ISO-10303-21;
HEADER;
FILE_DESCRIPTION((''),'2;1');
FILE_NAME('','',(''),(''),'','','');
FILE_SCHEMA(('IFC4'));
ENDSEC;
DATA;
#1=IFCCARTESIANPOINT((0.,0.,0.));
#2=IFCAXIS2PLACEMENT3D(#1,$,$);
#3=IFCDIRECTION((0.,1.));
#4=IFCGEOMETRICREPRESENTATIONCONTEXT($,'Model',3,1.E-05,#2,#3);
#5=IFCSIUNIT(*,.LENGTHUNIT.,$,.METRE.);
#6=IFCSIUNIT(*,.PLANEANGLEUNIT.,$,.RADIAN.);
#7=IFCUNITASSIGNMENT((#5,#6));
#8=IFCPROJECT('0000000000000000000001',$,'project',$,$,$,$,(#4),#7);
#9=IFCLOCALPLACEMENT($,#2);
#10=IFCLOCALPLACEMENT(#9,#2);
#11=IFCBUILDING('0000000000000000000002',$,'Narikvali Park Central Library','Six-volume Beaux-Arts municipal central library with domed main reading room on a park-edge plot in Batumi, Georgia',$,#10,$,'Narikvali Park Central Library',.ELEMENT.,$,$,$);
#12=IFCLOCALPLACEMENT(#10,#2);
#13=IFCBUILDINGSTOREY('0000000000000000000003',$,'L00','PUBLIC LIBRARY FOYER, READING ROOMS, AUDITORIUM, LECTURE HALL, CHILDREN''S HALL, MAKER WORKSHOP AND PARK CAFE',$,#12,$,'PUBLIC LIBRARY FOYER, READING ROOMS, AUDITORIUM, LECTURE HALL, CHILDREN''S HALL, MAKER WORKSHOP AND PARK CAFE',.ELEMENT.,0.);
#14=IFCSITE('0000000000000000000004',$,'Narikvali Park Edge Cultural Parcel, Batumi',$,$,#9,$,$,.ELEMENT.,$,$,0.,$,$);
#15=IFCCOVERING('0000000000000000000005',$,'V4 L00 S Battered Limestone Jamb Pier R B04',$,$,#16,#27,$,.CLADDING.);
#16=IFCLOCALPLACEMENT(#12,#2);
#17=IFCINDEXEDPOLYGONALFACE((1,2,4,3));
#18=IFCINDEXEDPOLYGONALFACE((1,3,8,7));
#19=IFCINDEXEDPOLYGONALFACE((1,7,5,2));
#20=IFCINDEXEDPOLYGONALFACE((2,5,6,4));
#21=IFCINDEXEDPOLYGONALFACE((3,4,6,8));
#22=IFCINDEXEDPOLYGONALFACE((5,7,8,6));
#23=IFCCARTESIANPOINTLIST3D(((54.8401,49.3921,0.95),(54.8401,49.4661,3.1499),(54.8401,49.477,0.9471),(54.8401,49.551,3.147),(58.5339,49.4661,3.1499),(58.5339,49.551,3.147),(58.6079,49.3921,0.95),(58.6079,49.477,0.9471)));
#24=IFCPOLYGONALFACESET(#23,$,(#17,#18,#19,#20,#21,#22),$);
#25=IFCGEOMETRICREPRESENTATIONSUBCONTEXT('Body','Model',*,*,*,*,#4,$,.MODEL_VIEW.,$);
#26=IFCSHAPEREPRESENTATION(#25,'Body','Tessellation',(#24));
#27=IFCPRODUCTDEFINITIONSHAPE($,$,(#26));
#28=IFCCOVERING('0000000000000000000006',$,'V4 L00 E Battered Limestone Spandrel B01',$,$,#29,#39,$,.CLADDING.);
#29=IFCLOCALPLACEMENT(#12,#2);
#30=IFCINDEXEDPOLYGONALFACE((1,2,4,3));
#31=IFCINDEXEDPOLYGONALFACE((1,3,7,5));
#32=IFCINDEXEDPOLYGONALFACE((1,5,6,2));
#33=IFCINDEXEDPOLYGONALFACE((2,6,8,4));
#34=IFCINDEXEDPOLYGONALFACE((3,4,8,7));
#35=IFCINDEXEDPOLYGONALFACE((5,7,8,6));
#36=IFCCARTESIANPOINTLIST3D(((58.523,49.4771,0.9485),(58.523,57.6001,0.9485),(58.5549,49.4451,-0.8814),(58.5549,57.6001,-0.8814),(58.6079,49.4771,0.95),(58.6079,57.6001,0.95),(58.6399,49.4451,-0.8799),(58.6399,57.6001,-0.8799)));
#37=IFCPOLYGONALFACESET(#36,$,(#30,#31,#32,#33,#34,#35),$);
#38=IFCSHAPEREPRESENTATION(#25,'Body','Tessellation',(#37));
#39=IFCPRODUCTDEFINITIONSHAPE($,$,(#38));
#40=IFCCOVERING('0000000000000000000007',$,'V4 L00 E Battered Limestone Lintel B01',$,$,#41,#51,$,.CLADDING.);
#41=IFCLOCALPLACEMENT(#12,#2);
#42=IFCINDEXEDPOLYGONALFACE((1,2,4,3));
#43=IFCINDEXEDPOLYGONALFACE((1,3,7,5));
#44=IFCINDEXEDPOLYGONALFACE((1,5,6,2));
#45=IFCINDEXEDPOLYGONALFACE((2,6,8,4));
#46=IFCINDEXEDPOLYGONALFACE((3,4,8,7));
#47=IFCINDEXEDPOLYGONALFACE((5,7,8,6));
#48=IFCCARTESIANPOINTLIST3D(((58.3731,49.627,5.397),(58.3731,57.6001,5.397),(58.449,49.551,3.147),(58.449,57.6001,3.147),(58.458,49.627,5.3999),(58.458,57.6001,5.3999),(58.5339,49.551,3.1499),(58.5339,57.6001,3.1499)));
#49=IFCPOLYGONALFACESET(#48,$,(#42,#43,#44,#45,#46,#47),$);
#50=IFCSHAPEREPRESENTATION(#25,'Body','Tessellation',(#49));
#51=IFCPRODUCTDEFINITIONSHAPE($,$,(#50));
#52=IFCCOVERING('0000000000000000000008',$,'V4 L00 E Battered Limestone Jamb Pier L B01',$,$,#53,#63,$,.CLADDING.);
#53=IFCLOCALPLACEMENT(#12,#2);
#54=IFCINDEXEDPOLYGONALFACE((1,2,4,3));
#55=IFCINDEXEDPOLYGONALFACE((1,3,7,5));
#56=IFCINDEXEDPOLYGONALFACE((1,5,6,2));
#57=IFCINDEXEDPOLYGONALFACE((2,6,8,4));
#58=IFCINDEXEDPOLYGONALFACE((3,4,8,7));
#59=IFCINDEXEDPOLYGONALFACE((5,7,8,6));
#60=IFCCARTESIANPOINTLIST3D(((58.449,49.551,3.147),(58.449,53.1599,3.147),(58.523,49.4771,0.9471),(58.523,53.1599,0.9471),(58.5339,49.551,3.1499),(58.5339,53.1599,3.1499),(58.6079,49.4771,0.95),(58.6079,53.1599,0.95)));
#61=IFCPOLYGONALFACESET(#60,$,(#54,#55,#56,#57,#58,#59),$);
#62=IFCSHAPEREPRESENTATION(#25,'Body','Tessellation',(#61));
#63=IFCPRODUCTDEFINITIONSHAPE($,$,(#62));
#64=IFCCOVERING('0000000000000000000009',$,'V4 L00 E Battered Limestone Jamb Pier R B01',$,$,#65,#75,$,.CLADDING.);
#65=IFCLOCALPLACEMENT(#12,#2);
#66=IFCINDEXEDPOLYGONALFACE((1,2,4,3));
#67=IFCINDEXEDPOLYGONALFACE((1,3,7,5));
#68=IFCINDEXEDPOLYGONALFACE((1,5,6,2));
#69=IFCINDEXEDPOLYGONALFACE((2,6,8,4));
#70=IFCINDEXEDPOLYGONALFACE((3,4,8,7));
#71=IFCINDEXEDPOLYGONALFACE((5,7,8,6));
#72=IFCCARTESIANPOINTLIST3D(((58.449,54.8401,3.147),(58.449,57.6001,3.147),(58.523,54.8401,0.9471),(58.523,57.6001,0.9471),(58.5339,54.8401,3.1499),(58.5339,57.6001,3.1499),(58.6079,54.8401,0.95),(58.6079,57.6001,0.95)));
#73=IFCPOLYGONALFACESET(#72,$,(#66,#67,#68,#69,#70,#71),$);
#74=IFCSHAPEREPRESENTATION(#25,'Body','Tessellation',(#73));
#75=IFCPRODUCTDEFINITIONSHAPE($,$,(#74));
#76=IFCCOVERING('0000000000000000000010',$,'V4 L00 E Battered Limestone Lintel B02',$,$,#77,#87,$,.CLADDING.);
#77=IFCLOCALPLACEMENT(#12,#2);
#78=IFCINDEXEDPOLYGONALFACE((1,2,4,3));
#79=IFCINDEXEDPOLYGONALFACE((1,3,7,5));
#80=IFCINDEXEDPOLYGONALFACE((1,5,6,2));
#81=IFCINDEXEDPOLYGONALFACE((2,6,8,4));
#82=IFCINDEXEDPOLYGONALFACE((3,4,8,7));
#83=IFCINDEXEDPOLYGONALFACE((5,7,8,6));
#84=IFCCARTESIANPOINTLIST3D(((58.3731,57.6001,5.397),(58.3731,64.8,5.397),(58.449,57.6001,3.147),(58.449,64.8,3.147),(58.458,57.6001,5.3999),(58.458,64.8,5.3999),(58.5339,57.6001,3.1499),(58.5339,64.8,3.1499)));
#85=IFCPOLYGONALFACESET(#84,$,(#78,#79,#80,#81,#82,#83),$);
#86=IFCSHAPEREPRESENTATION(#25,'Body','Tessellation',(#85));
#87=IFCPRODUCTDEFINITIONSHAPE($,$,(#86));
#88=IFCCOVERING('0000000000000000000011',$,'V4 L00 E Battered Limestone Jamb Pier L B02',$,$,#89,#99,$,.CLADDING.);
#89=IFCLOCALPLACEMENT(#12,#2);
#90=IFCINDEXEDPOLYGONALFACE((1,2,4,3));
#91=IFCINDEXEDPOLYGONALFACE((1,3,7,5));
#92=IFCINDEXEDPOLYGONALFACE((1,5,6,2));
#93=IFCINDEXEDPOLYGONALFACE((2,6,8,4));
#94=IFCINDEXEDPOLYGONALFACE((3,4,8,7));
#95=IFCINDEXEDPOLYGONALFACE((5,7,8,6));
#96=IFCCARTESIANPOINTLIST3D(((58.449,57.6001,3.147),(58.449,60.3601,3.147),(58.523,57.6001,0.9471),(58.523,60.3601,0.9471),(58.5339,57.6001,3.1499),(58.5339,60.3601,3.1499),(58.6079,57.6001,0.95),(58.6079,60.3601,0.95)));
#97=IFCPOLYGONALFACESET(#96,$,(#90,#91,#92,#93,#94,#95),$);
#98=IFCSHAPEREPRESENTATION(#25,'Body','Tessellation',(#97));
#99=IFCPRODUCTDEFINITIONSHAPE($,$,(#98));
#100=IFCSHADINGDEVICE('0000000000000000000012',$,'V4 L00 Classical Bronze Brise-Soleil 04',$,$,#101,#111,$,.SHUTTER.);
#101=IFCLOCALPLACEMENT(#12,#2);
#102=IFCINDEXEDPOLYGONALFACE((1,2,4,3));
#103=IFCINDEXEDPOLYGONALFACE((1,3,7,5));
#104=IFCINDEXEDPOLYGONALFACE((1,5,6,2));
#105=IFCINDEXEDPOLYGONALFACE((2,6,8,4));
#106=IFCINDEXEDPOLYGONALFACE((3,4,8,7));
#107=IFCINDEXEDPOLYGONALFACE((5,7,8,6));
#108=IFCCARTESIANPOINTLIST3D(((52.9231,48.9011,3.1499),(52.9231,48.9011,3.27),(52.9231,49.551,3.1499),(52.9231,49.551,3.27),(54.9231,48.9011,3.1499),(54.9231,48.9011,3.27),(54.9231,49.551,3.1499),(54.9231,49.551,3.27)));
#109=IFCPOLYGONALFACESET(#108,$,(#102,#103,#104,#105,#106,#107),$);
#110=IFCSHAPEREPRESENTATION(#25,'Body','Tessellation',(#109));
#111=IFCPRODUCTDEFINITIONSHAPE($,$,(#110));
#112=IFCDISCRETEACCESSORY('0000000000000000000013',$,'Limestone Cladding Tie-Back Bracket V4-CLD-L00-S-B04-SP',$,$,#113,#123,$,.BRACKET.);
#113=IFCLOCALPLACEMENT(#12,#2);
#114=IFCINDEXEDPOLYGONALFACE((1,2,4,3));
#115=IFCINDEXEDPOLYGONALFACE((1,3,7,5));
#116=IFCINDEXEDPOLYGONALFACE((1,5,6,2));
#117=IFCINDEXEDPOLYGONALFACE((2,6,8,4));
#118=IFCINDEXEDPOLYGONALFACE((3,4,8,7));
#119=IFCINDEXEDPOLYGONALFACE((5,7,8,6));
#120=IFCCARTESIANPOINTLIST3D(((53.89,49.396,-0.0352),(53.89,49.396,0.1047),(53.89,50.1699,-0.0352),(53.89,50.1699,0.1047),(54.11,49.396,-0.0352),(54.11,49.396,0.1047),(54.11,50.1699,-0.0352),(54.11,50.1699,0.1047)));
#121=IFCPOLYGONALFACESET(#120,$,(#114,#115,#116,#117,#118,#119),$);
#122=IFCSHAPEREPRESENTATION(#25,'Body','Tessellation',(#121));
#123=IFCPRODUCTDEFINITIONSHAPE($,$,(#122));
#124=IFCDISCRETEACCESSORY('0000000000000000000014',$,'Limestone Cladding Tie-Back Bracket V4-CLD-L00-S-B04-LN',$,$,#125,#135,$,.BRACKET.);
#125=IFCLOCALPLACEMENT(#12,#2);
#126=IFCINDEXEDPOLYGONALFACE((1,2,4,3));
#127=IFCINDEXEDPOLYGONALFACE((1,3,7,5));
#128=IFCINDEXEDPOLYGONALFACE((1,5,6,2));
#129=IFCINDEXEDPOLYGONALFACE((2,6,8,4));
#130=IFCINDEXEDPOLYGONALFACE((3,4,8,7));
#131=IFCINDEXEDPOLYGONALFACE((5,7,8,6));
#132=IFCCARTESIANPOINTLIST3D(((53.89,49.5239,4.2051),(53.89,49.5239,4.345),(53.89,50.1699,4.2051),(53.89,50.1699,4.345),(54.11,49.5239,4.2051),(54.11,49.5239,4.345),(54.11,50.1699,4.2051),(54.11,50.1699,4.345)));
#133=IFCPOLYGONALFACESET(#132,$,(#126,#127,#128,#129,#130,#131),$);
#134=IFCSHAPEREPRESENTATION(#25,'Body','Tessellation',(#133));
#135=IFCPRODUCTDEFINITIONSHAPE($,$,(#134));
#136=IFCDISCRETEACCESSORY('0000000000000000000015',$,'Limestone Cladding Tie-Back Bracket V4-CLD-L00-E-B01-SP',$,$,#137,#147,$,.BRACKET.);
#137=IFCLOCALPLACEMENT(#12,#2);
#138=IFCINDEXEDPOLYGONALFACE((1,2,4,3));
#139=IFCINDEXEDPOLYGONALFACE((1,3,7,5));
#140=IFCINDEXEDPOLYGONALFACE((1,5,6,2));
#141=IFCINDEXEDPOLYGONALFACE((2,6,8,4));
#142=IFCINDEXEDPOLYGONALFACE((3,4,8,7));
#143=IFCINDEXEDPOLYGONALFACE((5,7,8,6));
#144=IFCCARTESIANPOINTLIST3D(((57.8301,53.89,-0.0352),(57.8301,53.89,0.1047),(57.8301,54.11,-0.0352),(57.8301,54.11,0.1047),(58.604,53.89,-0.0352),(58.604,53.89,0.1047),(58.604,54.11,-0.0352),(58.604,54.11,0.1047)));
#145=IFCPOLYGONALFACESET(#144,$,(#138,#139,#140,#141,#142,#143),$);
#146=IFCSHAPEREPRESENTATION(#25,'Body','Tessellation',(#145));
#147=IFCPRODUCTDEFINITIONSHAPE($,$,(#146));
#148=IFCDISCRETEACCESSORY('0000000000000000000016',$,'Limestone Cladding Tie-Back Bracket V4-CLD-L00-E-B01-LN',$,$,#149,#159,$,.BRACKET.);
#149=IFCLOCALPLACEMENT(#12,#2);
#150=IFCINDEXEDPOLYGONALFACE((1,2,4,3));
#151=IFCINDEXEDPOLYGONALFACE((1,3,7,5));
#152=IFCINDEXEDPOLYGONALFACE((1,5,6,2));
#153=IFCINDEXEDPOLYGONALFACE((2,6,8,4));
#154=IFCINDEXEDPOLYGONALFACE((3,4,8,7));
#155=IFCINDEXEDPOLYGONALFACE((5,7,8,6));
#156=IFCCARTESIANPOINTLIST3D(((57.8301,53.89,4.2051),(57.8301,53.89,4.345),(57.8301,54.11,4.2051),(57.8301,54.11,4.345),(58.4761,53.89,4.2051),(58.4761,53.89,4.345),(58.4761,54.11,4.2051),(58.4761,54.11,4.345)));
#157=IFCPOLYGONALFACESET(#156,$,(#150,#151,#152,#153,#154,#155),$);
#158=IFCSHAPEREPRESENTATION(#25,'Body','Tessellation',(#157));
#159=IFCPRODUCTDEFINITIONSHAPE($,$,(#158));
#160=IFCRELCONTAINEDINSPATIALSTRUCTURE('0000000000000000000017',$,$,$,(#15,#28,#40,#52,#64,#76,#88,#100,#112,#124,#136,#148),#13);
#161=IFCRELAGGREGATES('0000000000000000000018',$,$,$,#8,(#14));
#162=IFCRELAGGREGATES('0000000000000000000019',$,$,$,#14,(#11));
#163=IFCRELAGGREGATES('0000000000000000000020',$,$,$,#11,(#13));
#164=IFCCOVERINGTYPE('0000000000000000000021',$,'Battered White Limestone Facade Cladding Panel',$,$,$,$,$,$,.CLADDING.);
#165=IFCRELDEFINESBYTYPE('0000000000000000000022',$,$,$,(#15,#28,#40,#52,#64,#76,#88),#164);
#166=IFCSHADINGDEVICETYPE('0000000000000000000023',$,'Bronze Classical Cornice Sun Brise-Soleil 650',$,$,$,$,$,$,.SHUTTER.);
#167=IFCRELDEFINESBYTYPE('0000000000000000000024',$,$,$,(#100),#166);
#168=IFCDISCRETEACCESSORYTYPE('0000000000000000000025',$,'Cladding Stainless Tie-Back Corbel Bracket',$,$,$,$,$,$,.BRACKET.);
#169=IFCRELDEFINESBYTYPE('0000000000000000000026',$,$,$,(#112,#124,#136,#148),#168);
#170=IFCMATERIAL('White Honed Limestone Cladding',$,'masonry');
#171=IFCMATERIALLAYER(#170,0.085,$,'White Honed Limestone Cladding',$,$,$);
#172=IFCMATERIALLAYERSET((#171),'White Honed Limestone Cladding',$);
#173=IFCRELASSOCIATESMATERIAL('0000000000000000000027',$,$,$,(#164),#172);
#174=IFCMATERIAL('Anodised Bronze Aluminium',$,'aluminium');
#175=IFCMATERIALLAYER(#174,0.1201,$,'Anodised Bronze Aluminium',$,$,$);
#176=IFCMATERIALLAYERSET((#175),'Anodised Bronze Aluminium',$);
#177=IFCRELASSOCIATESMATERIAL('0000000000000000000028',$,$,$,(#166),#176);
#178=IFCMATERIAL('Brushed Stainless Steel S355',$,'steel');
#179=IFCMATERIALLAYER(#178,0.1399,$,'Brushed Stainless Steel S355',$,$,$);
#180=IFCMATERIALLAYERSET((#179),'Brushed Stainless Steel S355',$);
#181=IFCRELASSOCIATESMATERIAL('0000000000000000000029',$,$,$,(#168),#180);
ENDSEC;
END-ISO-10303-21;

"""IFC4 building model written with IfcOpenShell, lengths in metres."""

from ifc_helpers import new_model, si_unit, direction, frame, origin, origin_2d, place, context, subcontext, project, spatial, polyline, rectangle, outline, extrude, material, layer, layer_set, type_object, element, save


model = new_model("IFC4")

# Units and contexts
model_context = context("Model", 3, precision=1e-05, world=origin(), true_north=direction((0.0, 1.0)))
body_context = subcontext(model_context, "Body", "Model", "MODEL_VIEW")
ifc_project = project(units=[si_unit("LENGTHUNIT", "METRE"), si_unit("PLANEANGLEUNIT", "RADIAN")], contexts=[model_context])

# Site, building, storey
site_placement = place(None, origin())
site = spatial("IfcSite", under=ifc_project, at=site_placement, Name="Narikvali Park Edge Cultural Parcel, Batumi", CompositionType="ELEMENT", RefElevation=0.0)
building_placement = place(site_placement, origin())
building = spatial("IfcBuilding", under=site, at=building_placement, Name="Narikvali Park Central Library", Description="Six-volume Beaux-Arts municipal central library with domed main reading room on a park-edge plot in Batumi, Georgia", LongName="Narikvali Park Central Library", CompositionType="ELEMENT")
storey_placement = place(building_placement, origin())
storey = spatial("IfcBuildingStorey", under=building, at=storey_placement, Name="L00", Description="PUBLIC LIBRARY FOYER, READING ROOMS, AUDITORIUM, LECTURE HALL, CHILDREN'S HALL, MAKER WORKSHOP AND PARK CAFE", LongName="PUBLIC LIBRARY FOYER, READING ROOMS, AUDITORIUM, LECTURE HALL, CHILDREN'S HALL, MAKER WORKSHOP AND PARK CAFE", CompositionType="ELEMENT", Elevation=0.0)

# Coverings
ifc_material_1 = material(Name="White Honed Limestone Cladding", Category="masonry")
ifc_layer_1 = layer(ifc_material_1, 0.085, Name="White Honed Limestone Cladding")
ifc_layer_set_1 = layer_set([ifc_layer_1], Name="White Honed Limestone Cladding")
covering_type = type_object("IfcCoveringType", Name="Battered White Limestone Facade Cladding Panel", PredefinedType="CLADDING", material=ifc_layer_set_1)
covering_1_placement = place(storey_placement, frame((54.8401, 49.3921, 0.95), z_axis=(0.0, -0.999435, 0.033607), x_axis=(1.0, 0.0, 0.0)))
element("IfcCovering", 1, at=covering_1_placement, inside=storey, type_object=covering_type, Name="V4 L00 S Battered Limestone Jamb Pier R B04", PredefinedType="CLADDING", context=body_context, shape_type="SweptSolid", body=[
    extrude(outline(polyline([(0.0, 0.0), (3.7678, 0.0), (3.6938, 2.2012), (0.0, 2.2012), (0.0, 0.0)])), origin(), (0.0, 0.0, -1.0), 0.085),
])
covering_2_placement = place(storey_placement, frame((58.6399, 49.4451, -0.8799), z_axis=(0.999847, 0.0, 0.017476), x_axis=(0.0, 1.0, 0.0)))
element("IfcCovering", 2, at=covering_2_placement, inside=storey, type_object=covering_type, Name="V4 L00 E Battered Limestone Spandrel B01", PredefinedType="CLADDING", context=body_context, shape_type="SweptSolid", body=[
    extrude(outline(polyline([(0.0, 0.0), (8.155, 0.0), (8.155, 1.8301), (0.032, 1.8301), (0.0, 0.0)])), origin(), (0.0, 0.0, -1.0), 0.085),
])
covering_3_placement = place(storey_placement, frame((58.5339, 49.551, 3.1499), z_axis=(0.999431, 0.0, 0.033726), x_axis=(0.0, 1.0, 0.0)))
element("IfcCovering", 3, at=covering_3_placement, inside=storey, type_object=covering_type, Name="V4 L00 E Battered Limestone Lintel B01", PredefinedType="CLADDING", context=body_context, shape_type="SweptSolid", body=[
    extrude(outline(polyline([(0.0, 0.0), (8.0491, 0.0), (8.0491, 2.2513), (0.0759, 2.2513), (0.0, 0.0)])), origin(), (0.0, 0.0, -1.0), 0.085),
])
covering_4_placement = place(storey_placement, frame((58.6079, 49.4771, 0.95), z_axis=(0.999435, 0.0, 0.033607), x_axis=(0.0, 1.0, 0.0)))
element("IfcCovering", 4, at=covering_4_placement, inside=storey, type_object=covering_type, Name="V4 L00 E Battered Limestone Jamb Pier L B01", PredefinedType="CLADDING", context=body_context, shape_type="SweptSolid", body=[
    extrude(outline(polyline([(0.0, 0.0), (3.6829, 0.0), (3.6829, 2.2012), (0.074, 2.2012), (0.0, 0.0)])), origin(), (0.0, 0.0, -1.0), 0.085),
])
covering_5_placement = place(storey_placement, frame((58.6079, 54.8401, 0.95), z_axis=(0.999435, 0.0, 0.033607), x_axis=(0.0, 1.0, 0.0)))
element("IfcCovering", 5, at=covering_5_placement, inside=storey, type_object=covering_type, Name="V4 L00 E Battered Limestone Jamb Pier R B01", PredefinedType="CLADDING", context=body_context, shape_type="SweptSolid", body=[
    extrude(outline(polyline([(0.0, 0.0), (2.76, 0.0), (2.76, 2.2012), (0.0, 2.2012), (0.0, 0.0)])), origin(), (0.0, 0.0, -1.0), 0.085),
])
covering_6_placement = place(storey_placement, frame((58.5339, 57.6001, 3.1499), z_axis=(0.999431, 0.0, 0.033726), x_axis=(0.0, 1.0, 0.0)))
element("IfcCovering", 6, at=covering_6_placement, inside=storey, type_object=covering_type, Name="V4 L00 E Battered Limestone Lintel B02", PredefinedType="CLADDING", context=body_context, shape_type="SweptSolid", body=[
    extrude(outline(polyline([(0.0, 0.0), (7.2, 0.0), (7.2, 2.2513), (0.0, 2.2513), (0.0, 0.0)])), origin(), (0.0, 0.0, -1.0), 0.085),
])
covering_7_placement = place(storey_placement, frame((58.6079, 57.6001, 0.95), z_axis=(0.999435, 0.0, 0.033607), x_axis=(0.0, 1.0, 0.0)))
element("IfcCovering", 7, at=covering_7_placement, inside=storey, type_object=covering_type, Name="V4 L00 E Battered Limestone Jamb Pier L B02", PredefinedType="CLADDING", context=body_context, shape_type="SweptSolid", body=[
    extrude(outline(polyline([(0.0, 0.0), (2.76, 0.0), (2.76, 2.2012), (0.0, 2.2012), (0.0, 0.0)])), origin(), (0.0, 0.0, -1.0), 0.085),
])

# Shading device
ifc_material_2 = material(Name="Anodised Bronze Aluminium", Category="aluminium")
ifc_layer_2 = layer(ifc_material_2, 0.1201, Name="Anodised Bronze Aluminium")
ifc_layer_set_2 = layer_set([ifc_layer_2], Name="Anodised Bronze Aluminium")
shading_device_type = type_object("IfcShadingDeviceType", Name="Bronze Classical Cornice Sun Brise-Soleil 650", PredefinedType="SHUTTER", material=ifc_layer_set_2)
shading_device_placement = place(storey_placement, frame((53.9231, 49.2261, 3.1499), z_axis=(0.0, 0.0, 1.0), x_axis=(1.0, 0.0, 0.0)))
element("IfcShadingDevice", 8, at=shading_device_placement, inside=storey, type_object=shading_device_type, Name="V4 L00 Classical Bronze Brise-Soleil 04", PredefinedType="SHUTTER", context=body_context, shape_type="SweptSolid", body=[
    extrude(rectangle(XDim=2.0, YDim=0.6499, at=origin_2d()), origin(), (0.0, 0.0, 1.0), 0.1201),
])

# Discrete accessories
ifc_material_3 = material(Name="Brushed Stainless Steel S355", Category="steel")
ifc_layer_3 = layer(ifc_material_3, 0.1399, Name="Brushed Stainless Steel S355")
ifc_layer_set_3 = layer_set([ifc_layer_3], Name="Brushed Stainless Steel S355")
discrete_accessory_type = type_object("IfcDiscreteAccessoryType", Name="Cladding Stainless Tie-Back Corbel Bracket", PredefinedType="BRACKET", material=ifc_layer_set_3)
discrete_accessory_1_placement = place(storey_placement, frame((54.0, 49.783, -0.0352), z_axis=(0.0, 0.0, 1.0), x_axis=(1.0, 0.0, 0.0)))
element("IfcDiscreteAccessory", 9, at=discrete_accessory_1_placement, inside=storey, type_object=discrete_accessory_type, Name="Limestone Cladding Tie-Back Bracket V4-CLD-L00-S-B04-SP", PredefinedType="BRACKET", context=body_context, shape_type="SweptSolid", body=[
    extrude(rectangle(XDim=0.22, YDim=0.7739, at=origin_2d()), origin(), (0.0, 0.0, 1.0), 0.1399),
])
discrete_accessory_2_placement = place(storey_placement, frame((54.0, 49.8469, 4.2051), z_axis=(0.0, 0.0, 1.0), x_axis=(1.0, 0.0, 0.0)))
element("IfcDiscreteAccessory", 10, at=discrete_accessory_2_placement, inside=storey, type_object=discrete_accessory_type, Name="Limestone Cladding Tie-Back Bracket V4-CLD-L00-S-B04-LN", PredefinedType="BRACKET", context=body_context, shape_type="SweptSolid", body=[
    extrude(rectangle(XDim=0.22, YDim=0.646, at=origin_2d()), origin(), (0.0, 0.0, 1.0), 0.1399),
])
discrete_accessory_3_placement = place(storey_placement, frame((58.217, 54.0, -0.0352), z_axis=(0.0, 0.0, 1.0), x_axis=(1.0, 0.0, 0.0)))
element("IfcDiscreteAccessory", 11, at=discrete_accessory_3_placement, inside=storey, type_object=discrete_accessory_type, Name="Limestone Cladding Tie-Back Bracket V4-CLD-L00-E-B01-SP", PredefinedType="BRACKET", context=body_context, shape_type="SweptSolid", body=[
    extrude(rectangle(XDim=0.7739, YDim=0.22, at=origin_2d()), origin(), (0.0, 0.0, 1.0), 0.1399),
])
discrete_accessory_4_placement = place(storey_placement, frame((58.1531, 54.0, 4.2051), z_axis=(0.0, 0.0, 1.0), x_axis=(1.0, 0.0, 0.0)))
element("IfcDiscreteAccessory", 12, at=discrete_accessory_4_placement, inside=storey, type_object=discrete_accessory_type, Name="Limestone Cladding Tie-Back Bracket V4-CLD-L00-E-B01-LN", PredefinedType="BRACKET", context=body_context, shape_type="SweptSolid", body=[
    extrude(rectangle(XDim=0.646, YDim=0.22, at=origin_2d()), origin(), (0.0, 0.0, 1.0), 0.1399),
])

save(model, "model.ifc")
